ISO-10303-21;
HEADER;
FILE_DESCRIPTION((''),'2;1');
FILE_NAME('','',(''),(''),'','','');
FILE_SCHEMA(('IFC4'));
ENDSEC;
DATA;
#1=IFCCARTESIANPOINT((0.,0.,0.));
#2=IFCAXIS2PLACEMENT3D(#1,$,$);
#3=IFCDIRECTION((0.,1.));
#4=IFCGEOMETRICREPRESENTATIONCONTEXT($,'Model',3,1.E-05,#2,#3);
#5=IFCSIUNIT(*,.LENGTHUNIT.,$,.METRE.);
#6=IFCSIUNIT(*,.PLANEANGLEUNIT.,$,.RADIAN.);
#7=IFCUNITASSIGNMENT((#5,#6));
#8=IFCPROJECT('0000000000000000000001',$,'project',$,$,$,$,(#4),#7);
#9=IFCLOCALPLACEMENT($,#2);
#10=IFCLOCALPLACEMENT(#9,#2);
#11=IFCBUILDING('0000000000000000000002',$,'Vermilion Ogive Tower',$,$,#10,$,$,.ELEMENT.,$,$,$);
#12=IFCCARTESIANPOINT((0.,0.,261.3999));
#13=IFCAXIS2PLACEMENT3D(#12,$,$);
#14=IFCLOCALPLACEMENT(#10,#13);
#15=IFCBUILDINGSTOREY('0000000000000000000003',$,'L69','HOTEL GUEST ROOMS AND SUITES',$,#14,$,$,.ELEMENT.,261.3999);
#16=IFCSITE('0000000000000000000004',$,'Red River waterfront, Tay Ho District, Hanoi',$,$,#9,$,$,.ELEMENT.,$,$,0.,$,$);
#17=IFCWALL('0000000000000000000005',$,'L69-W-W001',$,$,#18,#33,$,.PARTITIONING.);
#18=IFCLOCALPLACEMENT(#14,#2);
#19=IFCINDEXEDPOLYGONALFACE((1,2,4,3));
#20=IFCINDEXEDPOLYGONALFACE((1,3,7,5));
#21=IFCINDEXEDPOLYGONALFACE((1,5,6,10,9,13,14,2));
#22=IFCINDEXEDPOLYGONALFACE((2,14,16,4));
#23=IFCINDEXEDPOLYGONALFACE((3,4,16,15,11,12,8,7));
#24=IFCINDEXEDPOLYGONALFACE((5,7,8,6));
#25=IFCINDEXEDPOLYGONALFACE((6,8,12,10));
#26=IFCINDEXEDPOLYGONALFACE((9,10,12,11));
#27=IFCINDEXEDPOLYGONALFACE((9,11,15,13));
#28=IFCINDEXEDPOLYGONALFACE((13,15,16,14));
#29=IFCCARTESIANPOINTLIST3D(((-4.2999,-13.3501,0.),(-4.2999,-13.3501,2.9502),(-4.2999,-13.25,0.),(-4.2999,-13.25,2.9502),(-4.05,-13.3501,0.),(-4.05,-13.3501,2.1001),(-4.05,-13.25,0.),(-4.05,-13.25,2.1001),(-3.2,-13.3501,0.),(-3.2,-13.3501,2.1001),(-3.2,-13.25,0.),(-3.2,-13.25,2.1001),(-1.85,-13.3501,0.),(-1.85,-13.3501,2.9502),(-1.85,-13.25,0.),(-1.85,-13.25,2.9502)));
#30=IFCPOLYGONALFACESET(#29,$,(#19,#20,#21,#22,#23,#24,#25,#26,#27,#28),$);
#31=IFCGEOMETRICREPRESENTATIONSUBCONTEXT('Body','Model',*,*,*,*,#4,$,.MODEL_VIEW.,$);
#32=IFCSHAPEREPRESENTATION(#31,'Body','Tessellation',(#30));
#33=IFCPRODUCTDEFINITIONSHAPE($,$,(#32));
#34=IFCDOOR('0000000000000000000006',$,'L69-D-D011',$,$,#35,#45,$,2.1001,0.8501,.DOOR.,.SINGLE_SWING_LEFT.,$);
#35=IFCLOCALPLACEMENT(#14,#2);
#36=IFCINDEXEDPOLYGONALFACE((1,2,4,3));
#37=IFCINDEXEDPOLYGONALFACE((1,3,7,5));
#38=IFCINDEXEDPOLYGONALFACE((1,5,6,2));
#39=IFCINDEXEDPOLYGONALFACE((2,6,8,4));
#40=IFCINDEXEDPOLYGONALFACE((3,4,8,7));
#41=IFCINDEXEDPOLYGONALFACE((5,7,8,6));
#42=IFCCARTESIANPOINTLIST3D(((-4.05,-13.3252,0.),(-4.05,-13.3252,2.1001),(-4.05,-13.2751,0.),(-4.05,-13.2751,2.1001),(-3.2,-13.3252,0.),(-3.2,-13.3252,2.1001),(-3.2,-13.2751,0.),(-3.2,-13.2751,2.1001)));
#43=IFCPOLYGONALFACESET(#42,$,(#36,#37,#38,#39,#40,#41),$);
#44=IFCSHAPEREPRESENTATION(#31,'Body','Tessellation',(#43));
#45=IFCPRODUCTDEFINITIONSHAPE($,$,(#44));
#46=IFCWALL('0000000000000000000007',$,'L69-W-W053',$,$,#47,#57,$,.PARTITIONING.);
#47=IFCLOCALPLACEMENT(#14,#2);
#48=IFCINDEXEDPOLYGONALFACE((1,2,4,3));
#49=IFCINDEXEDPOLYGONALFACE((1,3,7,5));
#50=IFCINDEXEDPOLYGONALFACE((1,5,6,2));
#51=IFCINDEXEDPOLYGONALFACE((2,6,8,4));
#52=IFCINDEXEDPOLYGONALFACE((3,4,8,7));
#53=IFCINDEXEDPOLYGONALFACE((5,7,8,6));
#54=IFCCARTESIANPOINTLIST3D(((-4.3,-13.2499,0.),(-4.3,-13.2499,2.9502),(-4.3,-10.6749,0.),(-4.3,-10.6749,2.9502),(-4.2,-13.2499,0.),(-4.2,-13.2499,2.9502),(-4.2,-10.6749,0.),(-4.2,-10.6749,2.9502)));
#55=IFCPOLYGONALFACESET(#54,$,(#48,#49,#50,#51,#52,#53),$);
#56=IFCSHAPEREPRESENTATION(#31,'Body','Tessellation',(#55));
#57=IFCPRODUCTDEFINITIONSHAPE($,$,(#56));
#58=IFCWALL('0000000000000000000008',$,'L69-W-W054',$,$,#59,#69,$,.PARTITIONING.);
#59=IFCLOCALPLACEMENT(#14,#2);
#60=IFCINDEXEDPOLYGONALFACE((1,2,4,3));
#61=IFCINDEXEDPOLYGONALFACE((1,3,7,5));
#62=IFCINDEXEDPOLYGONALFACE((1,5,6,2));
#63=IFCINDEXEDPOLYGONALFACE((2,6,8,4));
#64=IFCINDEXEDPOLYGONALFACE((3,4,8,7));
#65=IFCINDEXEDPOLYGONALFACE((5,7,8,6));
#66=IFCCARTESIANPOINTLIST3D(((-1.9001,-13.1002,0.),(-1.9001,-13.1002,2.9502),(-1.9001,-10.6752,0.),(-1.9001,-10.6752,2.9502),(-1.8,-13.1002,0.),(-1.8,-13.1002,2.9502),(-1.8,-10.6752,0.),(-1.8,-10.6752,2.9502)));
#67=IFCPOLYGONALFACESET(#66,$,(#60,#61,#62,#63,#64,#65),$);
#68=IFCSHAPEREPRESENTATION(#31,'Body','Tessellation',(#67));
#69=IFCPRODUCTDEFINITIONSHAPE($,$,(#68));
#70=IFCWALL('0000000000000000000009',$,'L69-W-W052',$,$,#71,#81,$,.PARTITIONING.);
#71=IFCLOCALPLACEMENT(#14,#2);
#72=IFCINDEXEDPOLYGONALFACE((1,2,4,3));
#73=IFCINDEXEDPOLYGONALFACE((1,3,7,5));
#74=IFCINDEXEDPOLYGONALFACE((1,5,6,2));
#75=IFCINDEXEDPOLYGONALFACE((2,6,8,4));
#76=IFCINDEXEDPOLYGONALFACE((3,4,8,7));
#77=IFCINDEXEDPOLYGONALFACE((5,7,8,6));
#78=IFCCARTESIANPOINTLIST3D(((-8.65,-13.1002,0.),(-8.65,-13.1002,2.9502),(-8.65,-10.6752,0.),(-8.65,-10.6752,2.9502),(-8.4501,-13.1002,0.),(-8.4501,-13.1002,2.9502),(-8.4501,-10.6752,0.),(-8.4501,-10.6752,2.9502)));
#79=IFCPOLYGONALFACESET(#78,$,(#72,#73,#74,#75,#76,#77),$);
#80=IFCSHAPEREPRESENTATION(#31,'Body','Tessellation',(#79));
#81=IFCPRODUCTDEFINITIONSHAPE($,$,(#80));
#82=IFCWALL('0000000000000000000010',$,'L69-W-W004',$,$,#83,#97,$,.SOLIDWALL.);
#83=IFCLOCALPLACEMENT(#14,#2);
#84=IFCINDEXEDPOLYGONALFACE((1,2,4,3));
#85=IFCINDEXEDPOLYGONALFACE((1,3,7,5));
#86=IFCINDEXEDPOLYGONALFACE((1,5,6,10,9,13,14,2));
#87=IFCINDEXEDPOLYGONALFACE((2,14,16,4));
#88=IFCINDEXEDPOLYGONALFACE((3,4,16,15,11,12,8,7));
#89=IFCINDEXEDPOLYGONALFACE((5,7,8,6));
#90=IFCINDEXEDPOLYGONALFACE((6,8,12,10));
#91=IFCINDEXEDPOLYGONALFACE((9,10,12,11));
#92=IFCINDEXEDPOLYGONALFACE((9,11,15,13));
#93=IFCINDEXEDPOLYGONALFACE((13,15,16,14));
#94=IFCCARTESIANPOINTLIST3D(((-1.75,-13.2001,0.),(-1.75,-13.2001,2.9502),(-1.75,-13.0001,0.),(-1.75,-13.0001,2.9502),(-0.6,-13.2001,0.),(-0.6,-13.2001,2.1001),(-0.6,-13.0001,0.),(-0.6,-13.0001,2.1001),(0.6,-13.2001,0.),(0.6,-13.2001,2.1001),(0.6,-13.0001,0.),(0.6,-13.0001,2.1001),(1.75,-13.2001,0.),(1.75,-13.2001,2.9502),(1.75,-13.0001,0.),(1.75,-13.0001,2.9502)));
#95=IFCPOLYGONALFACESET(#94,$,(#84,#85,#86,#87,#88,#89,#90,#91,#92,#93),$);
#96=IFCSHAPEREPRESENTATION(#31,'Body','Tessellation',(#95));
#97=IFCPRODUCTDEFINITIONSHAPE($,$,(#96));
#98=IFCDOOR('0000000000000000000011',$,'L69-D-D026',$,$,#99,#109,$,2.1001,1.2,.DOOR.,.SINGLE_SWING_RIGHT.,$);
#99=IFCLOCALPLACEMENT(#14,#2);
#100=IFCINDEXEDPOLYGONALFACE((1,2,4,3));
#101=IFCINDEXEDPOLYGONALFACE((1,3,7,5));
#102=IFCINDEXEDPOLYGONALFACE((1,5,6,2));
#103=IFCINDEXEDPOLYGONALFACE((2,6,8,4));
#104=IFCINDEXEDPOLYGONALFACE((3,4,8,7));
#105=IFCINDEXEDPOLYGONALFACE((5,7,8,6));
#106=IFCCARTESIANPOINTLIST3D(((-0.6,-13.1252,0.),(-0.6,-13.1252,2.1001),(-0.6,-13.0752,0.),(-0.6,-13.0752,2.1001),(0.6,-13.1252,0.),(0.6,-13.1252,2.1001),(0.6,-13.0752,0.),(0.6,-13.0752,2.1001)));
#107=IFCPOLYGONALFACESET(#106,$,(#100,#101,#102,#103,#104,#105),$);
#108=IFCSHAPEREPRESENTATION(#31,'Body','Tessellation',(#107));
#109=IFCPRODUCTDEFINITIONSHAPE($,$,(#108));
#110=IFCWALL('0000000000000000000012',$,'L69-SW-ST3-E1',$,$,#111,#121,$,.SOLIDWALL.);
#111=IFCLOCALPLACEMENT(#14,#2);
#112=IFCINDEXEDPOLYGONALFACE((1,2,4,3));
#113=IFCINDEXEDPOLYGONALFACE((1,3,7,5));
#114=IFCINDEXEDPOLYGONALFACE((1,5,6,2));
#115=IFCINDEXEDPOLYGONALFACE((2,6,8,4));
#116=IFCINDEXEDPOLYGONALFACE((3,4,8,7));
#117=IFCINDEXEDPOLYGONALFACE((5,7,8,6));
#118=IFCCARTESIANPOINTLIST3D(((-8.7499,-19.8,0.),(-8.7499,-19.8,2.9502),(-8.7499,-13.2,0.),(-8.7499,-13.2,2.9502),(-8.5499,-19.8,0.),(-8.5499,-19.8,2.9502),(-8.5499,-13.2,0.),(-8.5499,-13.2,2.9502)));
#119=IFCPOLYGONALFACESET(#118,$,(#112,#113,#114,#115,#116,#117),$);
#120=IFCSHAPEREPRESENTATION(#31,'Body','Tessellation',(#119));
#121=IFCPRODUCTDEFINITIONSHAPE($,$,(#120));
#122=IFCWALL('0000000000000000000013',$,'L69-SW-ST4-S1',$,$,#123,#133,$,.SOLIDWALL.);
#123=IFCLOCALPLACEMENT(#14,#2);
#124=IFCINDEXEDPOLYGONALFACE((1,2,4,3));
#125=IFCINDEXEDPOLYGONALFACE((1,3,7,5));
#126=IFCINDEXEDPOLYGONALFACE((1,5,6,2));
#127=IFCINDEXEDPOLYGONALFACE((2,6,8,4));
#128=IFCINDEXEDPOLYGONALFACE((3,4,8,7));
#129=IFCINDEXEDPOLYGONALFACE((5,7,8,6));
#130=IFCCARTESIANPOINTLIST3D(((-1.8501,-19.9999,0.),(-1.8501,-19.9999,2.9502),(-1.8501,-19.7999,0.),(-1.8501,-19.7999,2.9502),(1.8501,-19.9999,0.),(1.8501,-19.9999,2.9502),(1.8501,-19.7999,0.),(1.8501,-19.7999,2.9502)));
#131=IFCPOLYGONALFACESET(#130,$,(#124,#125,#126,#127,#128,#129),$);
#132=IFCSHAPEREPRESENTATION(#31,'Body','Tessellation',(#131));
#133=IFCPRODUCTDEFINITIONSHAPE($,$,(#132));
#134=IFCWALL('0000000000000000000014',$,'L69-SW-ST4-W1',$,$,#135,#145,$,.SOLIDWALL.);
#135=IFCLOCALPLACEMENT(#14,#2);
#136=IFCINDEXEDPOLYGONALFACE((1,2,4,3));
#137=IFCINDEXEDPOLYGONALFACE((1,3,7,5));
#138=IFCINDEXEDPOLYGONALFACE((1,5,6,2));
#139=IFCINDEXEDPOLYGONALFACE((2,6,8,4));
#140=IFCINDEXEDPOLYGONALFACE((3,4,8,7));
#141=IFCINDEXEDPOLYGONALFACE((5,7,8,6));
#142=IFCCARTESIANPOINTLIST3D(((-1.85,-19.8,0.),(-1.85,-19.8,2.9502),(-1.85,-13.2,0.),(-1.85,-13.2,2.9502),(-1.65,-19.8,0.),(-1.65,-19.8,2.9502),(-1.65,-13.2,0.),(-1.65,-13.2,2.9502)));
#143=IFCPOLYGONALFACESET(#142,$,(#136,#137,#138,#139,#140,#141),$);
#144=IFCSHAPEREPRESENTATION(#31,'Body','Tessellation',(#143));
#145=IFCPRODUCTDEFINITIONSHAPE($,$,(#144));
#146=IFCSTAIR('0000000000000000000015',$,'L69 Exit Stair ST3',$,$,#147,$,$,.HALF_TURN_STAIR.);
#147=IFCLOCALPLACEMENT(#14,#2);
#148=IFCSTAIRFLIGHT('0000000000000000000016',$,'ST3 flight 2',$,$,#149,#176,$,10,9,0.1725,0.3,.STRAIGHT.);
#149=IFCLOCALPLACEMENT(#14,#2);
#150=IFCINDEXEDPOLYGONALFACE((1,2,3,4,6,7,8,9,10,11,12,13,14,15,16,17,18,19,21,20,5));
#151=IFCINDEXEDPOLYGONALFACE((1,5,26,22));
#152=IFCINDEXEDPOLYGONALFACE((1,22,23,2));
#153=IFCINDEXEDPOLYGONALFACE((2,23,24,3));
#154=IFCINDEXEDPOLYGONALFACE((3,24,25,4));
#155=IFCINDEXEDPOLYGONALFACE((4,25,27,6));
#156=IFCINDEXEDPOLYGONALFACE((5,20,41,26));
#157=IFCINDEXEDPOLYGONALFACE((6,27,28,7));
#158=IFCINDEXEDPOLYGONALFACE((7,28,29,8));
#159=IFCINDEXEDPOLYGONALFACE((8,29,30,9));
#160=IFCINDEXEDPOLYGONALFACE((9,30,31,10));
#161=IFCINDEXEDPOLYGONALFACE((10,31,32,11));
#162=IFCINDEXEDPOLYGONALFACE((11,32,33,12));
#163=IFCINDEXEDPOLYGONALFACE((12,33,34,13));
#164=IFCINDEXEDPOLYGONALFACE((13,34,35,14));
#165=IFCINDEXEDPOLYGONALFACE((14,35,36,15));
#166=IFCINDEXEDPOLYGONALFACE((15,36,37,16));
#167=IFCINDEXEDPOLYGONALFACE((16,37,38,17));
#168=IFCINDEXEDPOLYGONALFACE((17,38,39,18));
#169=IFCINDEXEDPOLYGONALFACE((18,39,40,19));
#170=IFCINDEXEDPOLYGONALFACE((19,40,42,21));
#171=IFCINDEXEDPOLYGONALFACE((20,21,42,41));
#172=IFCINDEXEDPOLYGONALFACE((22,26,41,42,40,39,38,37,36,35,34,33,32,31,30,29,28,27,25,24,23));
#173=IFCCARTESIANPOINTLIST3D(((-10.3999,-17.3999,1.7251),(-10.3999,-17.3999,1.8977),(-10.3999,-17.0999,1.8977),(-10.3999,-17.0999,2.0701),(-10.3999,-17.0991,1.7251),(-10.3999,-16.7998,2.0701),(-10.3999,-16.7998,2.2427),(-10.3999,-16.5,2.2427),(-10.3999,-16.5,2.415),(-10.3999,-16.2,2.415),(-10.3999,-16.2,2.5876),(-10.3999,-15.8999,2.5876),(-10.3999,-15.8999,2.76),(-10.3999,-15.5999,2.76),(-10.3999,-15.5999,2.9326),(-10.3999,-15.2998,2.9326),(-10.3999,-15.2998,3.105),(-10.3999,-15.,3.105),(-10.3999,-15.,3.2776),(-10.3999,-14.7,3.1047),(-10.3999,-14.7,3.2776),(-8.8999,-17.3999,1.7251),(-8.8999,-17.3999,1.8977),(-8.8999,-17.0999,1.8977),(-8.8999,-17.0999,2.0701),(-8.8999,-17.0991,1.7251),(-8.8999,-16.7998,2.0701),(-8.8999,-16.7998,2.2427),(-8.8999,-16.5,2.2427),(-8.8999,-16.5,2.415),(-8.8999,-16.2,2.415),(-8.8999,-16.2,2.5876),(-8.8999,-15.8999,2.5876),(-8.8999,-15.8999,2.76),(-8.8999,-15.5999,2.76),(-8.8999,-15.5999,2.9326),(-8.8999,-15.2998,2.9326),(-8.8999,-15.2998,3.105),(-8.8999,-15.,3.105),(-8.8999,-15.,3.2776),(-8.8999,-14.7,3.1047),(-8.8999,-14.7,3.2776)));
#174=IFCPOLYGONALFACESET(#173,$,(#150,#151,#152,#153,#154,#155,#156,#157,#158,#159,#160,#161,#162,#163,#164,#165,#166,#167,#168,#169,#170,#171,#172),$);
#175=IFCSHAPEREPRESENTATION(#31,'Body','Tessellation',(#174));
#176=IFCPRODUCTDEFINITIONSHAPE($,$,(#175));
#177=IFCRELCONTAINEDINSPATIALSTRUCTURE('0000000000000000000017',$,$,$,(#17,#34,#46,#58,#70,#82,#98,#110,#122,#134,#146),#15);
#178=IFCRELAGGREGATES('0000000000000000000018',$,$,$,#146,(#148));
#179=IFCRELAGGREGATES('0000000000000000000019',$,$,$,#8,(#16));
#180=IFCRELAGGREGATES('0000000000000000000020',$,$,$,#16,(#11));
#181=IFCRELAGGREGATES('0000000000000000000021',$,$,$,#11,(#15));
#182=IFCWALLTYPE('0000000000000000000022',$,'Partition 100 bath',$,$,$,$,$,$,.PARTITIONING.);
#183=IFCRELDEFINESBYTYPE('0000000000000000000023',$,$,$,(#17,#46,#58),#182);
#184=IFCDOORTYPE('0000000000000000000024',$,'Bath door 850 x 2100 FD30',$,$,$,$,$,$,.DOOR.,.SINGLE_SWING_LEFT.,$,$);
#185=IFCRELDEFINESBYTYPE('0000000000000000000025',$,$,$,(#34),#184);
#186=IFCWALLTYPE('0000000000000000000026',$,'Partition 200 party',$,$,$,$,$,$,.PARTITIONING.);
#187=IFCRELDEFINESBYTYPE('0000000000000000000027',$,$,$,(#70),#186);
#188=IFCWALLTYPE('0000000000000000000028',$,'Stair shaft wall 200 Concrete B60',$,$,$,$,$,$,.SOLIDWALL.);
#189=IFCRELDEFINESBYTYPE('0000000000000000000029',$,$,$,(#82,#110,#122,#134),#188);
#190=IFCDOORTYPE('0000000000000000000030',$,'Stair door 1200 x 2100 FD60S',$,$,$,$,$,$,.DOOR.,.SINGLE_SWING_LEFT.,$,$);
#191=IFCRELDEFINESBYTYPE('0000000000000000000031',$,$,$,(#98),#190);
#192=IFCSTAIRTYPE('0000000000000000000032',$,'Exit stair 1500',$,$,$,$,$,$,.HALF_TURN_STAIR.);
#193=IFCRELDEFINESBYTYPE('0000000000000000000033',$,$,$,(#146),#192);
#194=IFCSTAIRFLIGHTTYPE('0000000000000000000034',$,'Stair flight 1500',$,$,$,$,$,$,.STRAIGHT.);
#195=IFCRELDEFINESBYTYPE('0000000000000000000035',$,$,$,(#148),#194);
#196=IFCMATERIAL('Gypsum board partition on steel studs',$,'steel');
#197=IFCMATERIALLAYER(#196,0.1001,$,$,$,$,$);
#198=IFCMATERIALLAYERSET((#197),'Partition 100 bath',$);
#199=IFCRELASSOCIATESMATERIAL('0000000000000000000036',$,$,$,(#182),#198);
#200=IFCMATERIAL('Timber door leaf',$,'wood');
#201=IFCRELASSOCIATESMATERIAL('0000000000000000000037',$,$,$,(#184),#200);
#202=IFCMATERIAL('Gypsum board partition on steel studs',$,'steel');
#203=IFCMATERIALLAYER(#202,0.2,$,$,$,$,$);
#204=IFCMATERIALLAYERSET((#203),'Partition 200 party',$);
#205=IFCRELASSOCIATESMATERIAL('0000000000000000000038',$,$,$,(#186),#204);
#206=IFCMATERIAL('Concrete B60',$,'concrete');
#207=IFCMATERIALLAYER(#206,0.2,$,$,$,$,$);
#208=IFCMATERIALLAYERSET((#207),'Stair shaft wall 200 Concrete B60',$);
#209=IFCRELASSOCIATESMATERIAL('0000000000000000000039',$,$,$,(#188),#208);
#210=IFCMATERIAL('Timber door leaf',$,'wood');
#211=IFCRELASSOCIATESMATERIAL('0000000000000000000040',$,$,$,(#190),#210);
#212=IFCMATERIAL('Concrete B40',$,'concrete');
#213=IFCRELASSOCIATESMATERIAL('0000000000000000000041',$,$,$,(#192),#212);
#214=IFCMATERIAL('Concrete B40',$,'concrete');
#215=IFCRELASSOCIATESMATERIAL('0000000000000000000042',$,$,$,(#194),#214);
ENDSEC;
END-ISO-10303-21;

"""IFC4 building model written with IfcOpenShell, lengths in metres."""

from ifc_helpers import new_model, si_unit, direction, frame, frame_2d, origin, place, context, subcontext, project, spatial, polyline, rectangle, outline, extrude, material, layer, layer_set, type_object, element, fill, aggregate, save


model = new_model("IFC4")

# Units and contexts
model_context = context("Model", 3, precision=1e-05, world=origin(), true_north=direction((0.0, 1.0)))
body_context = subcontext(model_context, "Body", "Model", "MODEL_VIEW")
ifc_project = project(units=[si_unit("LENGTHUNIT", "METRE"), si_unit("PLANEANGLEUNIT", "RADIAN")], contexts=[model_context])

# Site, building, storey
site_placement = place(None, origin())
site = spatial("IfcSite", under=ifc_project, at=site_placement, Name="Red River waterfront, Tay Ho District, Hanoi", CompositionType="ELEMENT", RefElevation=0.0)
building_placement = place(site_placement, origin())
building = spatial("IfcBuilding", under=site, at=building_placement, Name="Vermilion Ogive Tower", CompositionType="ELEMENT")
storey_placement = place(building_placement, frame((0.0, 0.0, 261.3999)))
storey = spatial("IfcBuildingStorey", under=building, at=storey_placement, Name="L69", Description="HOTEL GUEST ROOMS AND SUITES", CompositionType="ELEMENT", Elevation=261.3999)

# Wall, opening, door
ifc_material_1 = material(Name="Gypsum board partition on steel studs", Category="steel")
ifc_layer_1 = layer(ifc_material_1, 0.1001)
ifc_layer_set_1 = layer_set([ifc_layer_1], Name="Partition 100 bath")
wall_type_1 = type_object("IfcWallType", Name="Partition 100 bath", PredefinedType="PARTITIONING", material=ifc_layer_set_1)
wall_1_placement = place(storey_placement, frame((-4.3, -13.3, 0.0), z_axis=(0.0, 0.0, 1.0), x_axis=(1.0, 0.0, 0.0)))
wall_1 = element("IfcWall", 1, at=wall_1_placement, inside=storey, type_object=wall_type_1, Name="L69-W-W001", PredefinedType="PARTITIONING", context=body_context, shape_type="SweptSolid", body=[
    extrude(rectangle(XDim=2.45, YDim=0.1001, at=frame_2d((1.2251, 0.0))), origin(), (0.0, 0.0, 1.0), 2.9502),
])
opening_1_placement = place(wall_1_placement, frame((0.25, 0.0, 0.0)))
opening_1 = element("IfcOpeningElement", 2, at=opening_1_placement, cuts=wall_1, PredefinedType="OPENING", context=body_context, shape_type="SweptSolid", body=[
    extrude(rectangle(XDim=0.8501, YDim=2.1001, at=frame_2d((0.425, 1.05))), frame((0.0, 0.0601, 0.0), z_axis=(0.0, -1.0, 0.0), x_axis=(1.0, 0.0, 0.0)), (0.0, 0.0, 1.0), 0.1201),
])
ifc_material_2 = material(Name="Timber door leaf", Category="wood")
door_type_1 = type_object("IfcDoorType", Name="Bath door 850 x 2100 FD30", OperationType="SINGLE_SWING_LEFT", PredefinedType="DOOR", material=ifc_material_2)
door_1_placement = place(opening_1_placement, origin())
door_1 = element("IfcDoor", 3, at=door_1_placement, inside=storey, type_object=door_type_1, Name="L69-D-D011", OperationType="SINGLE_SWING_LEFT", OverallHeight=2.1001, OverallWidth=0.8501, PredefinedType="DOOR", context=body_context, shape_type="SweptSolid", body=[
    extrude(rectangle(XDim=0.8501, YDim=2.1001, at=frame_2d((0.425, 1.05))), frame((0.0, 0.0249, 0.0), z_axis=(0.0, -1.0, 0.0), x_axis=(1.0, 0.0, 0.0)), (0.0, 0.0, 1.0), 0.05),
])
fill(opening_1, door_1)

# Walls
wall_2_placement = place(storey_placement, frame((-4.25, -13.25, 0.0), z_axis=(0.0, 0.0, 1.0), x_axis=(0.0, 1.0, 0.0)))
element("IfcWall", 4, at=wall_2_placement, inside=storey, type_object=wall_type_1, Name="L69-W-W053", PredefinedType="PARTITIONING", context=body_context, shape_type="SweptSolid", body=[
    extrude(rectangle(XDim=2.575, YDim=0.1001, at=frame_2d((1.2876, 0.0))), origin(), (0.0, 0.0, 1.0), 2.9502),
])
wall_3_placement = place(storey_placement, frame((-1.8501, -13.1001, 0.0), z_axis=(0.0, 0.0, 1.0), x_axis=(0.0, 1.0, 0.0)))
element("IfcWall", 5, at=wall_3_placement, inside=storey, type_object=wall_type_1, Name="L69-W-W054", PredefinedType="PARTITIONING", context=body_context, shape_type="SweptSolid", body=[
    extrude(rectangle(XDim=2.425, YDim=0.1001, at=frame_2d((1.2124, 0.0))), origin(), (0.0, 0.0, 1.0), 2.9502),
])
ifc_material_3 = material(Name="Gypsum board partition on steel studs", Category="steel")
ifc_layer_2 = layer(ifc_material_3, 0.2)
ifc_layer_set_2 = layer_set([ifc_layer_2], Name="Partition 200 party")
wall_type_2 = type_object("IfcWallType", Name="Partition 200 party", PredefinedType="PARTITIONING", material=ifc_layer_set_2)
wall_4_placement = place(storey_placement, frame((-8.55, -13.1001, 0.0), z_axis=(0.0, 0.0, 1.0), x_axis=(0.0, 1.0, 0.0)))
element("IfcWall", 6, at=wall_4_placement, inside=storey, type_object=wall_type_2, Name="L69-W-W052", PredefinedType="PARTITIONING", context=body_context, shape_type="SweptSolid", body=[
    extrude(rectangle(XDim=2.425, YDim=0.2, at=frame_2d((1.2124, 0.0))), origin(), (0.0, 0.0, 1.0), 2.9502),
])

# Wall, opening, door
ifc_material_4 = material(Name="Concrete B60", Category="concrete")
ifc_layer_3 = layer(ifc_material_4, 0.2)
ifc_layer_set_3 = layer_set([ifc_layer_3], Name="Stair shaft wall 200 Concrete B60")
wall_type_3 = type_object("IfcWallType", Name="Stair shaft wall 200 Concrete B60", PredefinedType="SOLIDWALL", material=ifc_layer_set_3)
wall_5_placement = place(storey_placement, frame((-1.75, -13.1001, 0.0), z_axis=(0.0, 0.0, 1.0), x_axis=(1.0, 0.0, 0.0)))
wall_5 = element("IfcWall", 7, at=wall_5_placement, inside=storey, type_object=wall_type_3, Name="L69-W-W004", PredefinedType="SOLIDWALL", context=body_context, shape_type="SweptSolid", body=[
    extrude(rectangle(XDim=3.5, YDim=0.2, at=frame_2d((1.75, 0.0))), origin(), (0.0, 0.0, 1.0), 2.9502),
])
opening_2_placement = place(wall_5_placement, frame((1.1499, 0.0, 0.0)))
opening_2 = element("IfcOpeningElement", 8, at=opening_2_placement, cuts=wall_5, PredefinedType="OPENING", context=body_context, shape_type="SweptSolid", body=[
    extrude(rectangle(XDim=1.2, YDim=2.1001, at=frame_2d((0.6001, 1.05))), frame((0.0, 0.1099, 0.0), z_axis=(0.0, -1.0, 0.0), x_axis=(1.0, 0.0, 0.0)), (0.0, 0.0, 1.0), 0.22),
])
ifc_material_5 = material(Name="Timber door leaf", Category="wood")
door_type_2 = type_object("IfcDoorType", Name="Stair door 1200 x 2100 FD60S", OperationType="SINGLE_SWING_LEFT", PredefinedType="DOOR", material=ifc_material_5)
door_2_placement = place(opening_2_placement, origin())
door_2 = element("IfcDoor", 9, at=door_2_placement, inside=storey, type_object=door_type_2, Name="L69-D-D026", OperationType="SINGLE_SWING_RIGHT", OverallHeight=2.1001, OverallWidth=1.2, PredefinedType="DOOR", context=body_context, shape_type="SweptSolid", body=[
    extrude(rectangle(XDim=1.2, YDim=2.1001, at=frame_2d((0.6001, 1.05))), frame((0.0, 0.0249, 0.0), z_axis=(0.0, -1.0, 0.0), x_axis=(1.0, 0.0, 0.0)), (0.0, 0.0, 1.0), 0.05),
])
fill(opening_2, door_2)

# Walls
wall_6_placement = place(storey_placement, frame((-8.6499, -19.8, 0.0), z_axis=(0.0, 0.0, 1.0), x_axis=(0.0, 1.0, 0.0)))
element("IfcWall", 10, at=wall_6_placement, inside=storey, type_object=wall_type_3, Name="L69-SW-ST3-E1", PredefinedType="SOLIDWALL", context=body_context, shape_type="SweptSolid", body=[
    extrude(rectangle(XDim=6.6001, YDim=0.2, at=frame_2d((3.3, 0.0))), origin(), (0.0, 0.0, 1.0), 2.9502),
])
wall_7_placement = place(storey_placement, frame((-1.8501, -19.8999, 0.0), z_axis=(0.0, 0.0, 1.0), x_axis=(1.0, 0.0, 0.0)))
element("IfcWall", 11, at=wall_7_placement, inside=storey, type_object=wall_type_3, Name="L69-SW-ST4-S1", PredefinedType="SOLIDWALL", context=body_context, shape_type="SweptSolid", body=[
    extrude(rectangle(XDim=3.7002, YDim=0.2, at=frame_2d((1.8501, 0.0))), origin(), (0.0, 0.0, 1.0), 2.9502),
])
wall_8_placement = place(storey_placement, frame((-1.75, -19.8, 0.0), z_axis=(0.0, 0.0, 1.0), x_axis=(0.0, 1.0, 0.0)))
element("IfcWall", 12, at=wall_8_placement, inside=storey, type_object=wall_type_3, Name="L69-SW-ST4-W1", PredefinedType="SOLIDWALL", context=body_context, shape_type="SweptSolid", body=[
    extrude(rectangle(XDim=6.6001, YDim=0.2, at=frame_2d((3.3, 0.0))), origin(), (0.0, 0.0, 1.0), 2.9502),
])

# Stair, stair flight
ifc_material_6 = material(Name="Concrete B40", Category="concrete")
stair_type = type_object("IfcStairType", Name="Exit stair 1500", PredefinedType="HALF_TURN_STAIR", material=ifc_material_6)
stair_1_placement = place(storey_placement, origin())
stair_1 = element("IfcStair", 13, at=stair_1_placement, inside=storey, type_object=stair_type, Name="L69 Exit Stair ST3", PredefinedType="HALF_TURN_STAIR")
ifc_material_7 = material(Name="Concrete B40", Category="concrete")
stair_flight_type = type_object("IfcStairFlightType", Name="Stair flight 1500", PredefinedType="STRAIGHT", material=ifc_material_7)
stair_flight_1_placement = place(storey_placement, frame((-9.6499, -17.3999, 1.7251), z_axis=(0.0, 0.0, 1.0), x_axis=(0.0, 1.0, 0.0)))
stair_flight_1 = element("IfcStairFlight", 14, at=stair_flight_1_placement, type_object=stair_flight_type, Name="ST3 flight 2", NumberOfRisers=10, NumberOfTreads=9, PredefinedType="STRAIGHT", RiserHeight=0.1725, TreadLength=0.3, context=body_context, shape_type="SweptSolid", body=[
    extrude(outline(polyline([(0.0, 0.0), (0.0, 0.1726), (0.3, 0.1726), (0.3, 0.345), (0.6001, 0.345), (0.6001, 0.5176), (0.8999, 0.5176), (0.8999, 0.6899), (1.2, 0.6899), (1.2, 0.8625), (1.5, 0.8625), (1.5, 1.0349), (1.8, 1.0349), (1.8, 1.2075), (2.1001, 1.2075), (2.1001, 1.3799), (2.3999, 1.3799), (2.3999, 1.5525), (2.7, 1.5525), (2.7, 1.7251), (2.7, 1.3796), (0.3008, 0.0), (0.0, 0.0)])), frame((0.0, 0.75, 0.0), z_axis=(0.0, -1.0, 0.0), x_axis=(1.0, 0.0, 0.0)), (0.0, 0.0, 1.0), 1.5),
])
aggregate(stair_1, [stair_flight_1])

save(model, "model.ifc")
